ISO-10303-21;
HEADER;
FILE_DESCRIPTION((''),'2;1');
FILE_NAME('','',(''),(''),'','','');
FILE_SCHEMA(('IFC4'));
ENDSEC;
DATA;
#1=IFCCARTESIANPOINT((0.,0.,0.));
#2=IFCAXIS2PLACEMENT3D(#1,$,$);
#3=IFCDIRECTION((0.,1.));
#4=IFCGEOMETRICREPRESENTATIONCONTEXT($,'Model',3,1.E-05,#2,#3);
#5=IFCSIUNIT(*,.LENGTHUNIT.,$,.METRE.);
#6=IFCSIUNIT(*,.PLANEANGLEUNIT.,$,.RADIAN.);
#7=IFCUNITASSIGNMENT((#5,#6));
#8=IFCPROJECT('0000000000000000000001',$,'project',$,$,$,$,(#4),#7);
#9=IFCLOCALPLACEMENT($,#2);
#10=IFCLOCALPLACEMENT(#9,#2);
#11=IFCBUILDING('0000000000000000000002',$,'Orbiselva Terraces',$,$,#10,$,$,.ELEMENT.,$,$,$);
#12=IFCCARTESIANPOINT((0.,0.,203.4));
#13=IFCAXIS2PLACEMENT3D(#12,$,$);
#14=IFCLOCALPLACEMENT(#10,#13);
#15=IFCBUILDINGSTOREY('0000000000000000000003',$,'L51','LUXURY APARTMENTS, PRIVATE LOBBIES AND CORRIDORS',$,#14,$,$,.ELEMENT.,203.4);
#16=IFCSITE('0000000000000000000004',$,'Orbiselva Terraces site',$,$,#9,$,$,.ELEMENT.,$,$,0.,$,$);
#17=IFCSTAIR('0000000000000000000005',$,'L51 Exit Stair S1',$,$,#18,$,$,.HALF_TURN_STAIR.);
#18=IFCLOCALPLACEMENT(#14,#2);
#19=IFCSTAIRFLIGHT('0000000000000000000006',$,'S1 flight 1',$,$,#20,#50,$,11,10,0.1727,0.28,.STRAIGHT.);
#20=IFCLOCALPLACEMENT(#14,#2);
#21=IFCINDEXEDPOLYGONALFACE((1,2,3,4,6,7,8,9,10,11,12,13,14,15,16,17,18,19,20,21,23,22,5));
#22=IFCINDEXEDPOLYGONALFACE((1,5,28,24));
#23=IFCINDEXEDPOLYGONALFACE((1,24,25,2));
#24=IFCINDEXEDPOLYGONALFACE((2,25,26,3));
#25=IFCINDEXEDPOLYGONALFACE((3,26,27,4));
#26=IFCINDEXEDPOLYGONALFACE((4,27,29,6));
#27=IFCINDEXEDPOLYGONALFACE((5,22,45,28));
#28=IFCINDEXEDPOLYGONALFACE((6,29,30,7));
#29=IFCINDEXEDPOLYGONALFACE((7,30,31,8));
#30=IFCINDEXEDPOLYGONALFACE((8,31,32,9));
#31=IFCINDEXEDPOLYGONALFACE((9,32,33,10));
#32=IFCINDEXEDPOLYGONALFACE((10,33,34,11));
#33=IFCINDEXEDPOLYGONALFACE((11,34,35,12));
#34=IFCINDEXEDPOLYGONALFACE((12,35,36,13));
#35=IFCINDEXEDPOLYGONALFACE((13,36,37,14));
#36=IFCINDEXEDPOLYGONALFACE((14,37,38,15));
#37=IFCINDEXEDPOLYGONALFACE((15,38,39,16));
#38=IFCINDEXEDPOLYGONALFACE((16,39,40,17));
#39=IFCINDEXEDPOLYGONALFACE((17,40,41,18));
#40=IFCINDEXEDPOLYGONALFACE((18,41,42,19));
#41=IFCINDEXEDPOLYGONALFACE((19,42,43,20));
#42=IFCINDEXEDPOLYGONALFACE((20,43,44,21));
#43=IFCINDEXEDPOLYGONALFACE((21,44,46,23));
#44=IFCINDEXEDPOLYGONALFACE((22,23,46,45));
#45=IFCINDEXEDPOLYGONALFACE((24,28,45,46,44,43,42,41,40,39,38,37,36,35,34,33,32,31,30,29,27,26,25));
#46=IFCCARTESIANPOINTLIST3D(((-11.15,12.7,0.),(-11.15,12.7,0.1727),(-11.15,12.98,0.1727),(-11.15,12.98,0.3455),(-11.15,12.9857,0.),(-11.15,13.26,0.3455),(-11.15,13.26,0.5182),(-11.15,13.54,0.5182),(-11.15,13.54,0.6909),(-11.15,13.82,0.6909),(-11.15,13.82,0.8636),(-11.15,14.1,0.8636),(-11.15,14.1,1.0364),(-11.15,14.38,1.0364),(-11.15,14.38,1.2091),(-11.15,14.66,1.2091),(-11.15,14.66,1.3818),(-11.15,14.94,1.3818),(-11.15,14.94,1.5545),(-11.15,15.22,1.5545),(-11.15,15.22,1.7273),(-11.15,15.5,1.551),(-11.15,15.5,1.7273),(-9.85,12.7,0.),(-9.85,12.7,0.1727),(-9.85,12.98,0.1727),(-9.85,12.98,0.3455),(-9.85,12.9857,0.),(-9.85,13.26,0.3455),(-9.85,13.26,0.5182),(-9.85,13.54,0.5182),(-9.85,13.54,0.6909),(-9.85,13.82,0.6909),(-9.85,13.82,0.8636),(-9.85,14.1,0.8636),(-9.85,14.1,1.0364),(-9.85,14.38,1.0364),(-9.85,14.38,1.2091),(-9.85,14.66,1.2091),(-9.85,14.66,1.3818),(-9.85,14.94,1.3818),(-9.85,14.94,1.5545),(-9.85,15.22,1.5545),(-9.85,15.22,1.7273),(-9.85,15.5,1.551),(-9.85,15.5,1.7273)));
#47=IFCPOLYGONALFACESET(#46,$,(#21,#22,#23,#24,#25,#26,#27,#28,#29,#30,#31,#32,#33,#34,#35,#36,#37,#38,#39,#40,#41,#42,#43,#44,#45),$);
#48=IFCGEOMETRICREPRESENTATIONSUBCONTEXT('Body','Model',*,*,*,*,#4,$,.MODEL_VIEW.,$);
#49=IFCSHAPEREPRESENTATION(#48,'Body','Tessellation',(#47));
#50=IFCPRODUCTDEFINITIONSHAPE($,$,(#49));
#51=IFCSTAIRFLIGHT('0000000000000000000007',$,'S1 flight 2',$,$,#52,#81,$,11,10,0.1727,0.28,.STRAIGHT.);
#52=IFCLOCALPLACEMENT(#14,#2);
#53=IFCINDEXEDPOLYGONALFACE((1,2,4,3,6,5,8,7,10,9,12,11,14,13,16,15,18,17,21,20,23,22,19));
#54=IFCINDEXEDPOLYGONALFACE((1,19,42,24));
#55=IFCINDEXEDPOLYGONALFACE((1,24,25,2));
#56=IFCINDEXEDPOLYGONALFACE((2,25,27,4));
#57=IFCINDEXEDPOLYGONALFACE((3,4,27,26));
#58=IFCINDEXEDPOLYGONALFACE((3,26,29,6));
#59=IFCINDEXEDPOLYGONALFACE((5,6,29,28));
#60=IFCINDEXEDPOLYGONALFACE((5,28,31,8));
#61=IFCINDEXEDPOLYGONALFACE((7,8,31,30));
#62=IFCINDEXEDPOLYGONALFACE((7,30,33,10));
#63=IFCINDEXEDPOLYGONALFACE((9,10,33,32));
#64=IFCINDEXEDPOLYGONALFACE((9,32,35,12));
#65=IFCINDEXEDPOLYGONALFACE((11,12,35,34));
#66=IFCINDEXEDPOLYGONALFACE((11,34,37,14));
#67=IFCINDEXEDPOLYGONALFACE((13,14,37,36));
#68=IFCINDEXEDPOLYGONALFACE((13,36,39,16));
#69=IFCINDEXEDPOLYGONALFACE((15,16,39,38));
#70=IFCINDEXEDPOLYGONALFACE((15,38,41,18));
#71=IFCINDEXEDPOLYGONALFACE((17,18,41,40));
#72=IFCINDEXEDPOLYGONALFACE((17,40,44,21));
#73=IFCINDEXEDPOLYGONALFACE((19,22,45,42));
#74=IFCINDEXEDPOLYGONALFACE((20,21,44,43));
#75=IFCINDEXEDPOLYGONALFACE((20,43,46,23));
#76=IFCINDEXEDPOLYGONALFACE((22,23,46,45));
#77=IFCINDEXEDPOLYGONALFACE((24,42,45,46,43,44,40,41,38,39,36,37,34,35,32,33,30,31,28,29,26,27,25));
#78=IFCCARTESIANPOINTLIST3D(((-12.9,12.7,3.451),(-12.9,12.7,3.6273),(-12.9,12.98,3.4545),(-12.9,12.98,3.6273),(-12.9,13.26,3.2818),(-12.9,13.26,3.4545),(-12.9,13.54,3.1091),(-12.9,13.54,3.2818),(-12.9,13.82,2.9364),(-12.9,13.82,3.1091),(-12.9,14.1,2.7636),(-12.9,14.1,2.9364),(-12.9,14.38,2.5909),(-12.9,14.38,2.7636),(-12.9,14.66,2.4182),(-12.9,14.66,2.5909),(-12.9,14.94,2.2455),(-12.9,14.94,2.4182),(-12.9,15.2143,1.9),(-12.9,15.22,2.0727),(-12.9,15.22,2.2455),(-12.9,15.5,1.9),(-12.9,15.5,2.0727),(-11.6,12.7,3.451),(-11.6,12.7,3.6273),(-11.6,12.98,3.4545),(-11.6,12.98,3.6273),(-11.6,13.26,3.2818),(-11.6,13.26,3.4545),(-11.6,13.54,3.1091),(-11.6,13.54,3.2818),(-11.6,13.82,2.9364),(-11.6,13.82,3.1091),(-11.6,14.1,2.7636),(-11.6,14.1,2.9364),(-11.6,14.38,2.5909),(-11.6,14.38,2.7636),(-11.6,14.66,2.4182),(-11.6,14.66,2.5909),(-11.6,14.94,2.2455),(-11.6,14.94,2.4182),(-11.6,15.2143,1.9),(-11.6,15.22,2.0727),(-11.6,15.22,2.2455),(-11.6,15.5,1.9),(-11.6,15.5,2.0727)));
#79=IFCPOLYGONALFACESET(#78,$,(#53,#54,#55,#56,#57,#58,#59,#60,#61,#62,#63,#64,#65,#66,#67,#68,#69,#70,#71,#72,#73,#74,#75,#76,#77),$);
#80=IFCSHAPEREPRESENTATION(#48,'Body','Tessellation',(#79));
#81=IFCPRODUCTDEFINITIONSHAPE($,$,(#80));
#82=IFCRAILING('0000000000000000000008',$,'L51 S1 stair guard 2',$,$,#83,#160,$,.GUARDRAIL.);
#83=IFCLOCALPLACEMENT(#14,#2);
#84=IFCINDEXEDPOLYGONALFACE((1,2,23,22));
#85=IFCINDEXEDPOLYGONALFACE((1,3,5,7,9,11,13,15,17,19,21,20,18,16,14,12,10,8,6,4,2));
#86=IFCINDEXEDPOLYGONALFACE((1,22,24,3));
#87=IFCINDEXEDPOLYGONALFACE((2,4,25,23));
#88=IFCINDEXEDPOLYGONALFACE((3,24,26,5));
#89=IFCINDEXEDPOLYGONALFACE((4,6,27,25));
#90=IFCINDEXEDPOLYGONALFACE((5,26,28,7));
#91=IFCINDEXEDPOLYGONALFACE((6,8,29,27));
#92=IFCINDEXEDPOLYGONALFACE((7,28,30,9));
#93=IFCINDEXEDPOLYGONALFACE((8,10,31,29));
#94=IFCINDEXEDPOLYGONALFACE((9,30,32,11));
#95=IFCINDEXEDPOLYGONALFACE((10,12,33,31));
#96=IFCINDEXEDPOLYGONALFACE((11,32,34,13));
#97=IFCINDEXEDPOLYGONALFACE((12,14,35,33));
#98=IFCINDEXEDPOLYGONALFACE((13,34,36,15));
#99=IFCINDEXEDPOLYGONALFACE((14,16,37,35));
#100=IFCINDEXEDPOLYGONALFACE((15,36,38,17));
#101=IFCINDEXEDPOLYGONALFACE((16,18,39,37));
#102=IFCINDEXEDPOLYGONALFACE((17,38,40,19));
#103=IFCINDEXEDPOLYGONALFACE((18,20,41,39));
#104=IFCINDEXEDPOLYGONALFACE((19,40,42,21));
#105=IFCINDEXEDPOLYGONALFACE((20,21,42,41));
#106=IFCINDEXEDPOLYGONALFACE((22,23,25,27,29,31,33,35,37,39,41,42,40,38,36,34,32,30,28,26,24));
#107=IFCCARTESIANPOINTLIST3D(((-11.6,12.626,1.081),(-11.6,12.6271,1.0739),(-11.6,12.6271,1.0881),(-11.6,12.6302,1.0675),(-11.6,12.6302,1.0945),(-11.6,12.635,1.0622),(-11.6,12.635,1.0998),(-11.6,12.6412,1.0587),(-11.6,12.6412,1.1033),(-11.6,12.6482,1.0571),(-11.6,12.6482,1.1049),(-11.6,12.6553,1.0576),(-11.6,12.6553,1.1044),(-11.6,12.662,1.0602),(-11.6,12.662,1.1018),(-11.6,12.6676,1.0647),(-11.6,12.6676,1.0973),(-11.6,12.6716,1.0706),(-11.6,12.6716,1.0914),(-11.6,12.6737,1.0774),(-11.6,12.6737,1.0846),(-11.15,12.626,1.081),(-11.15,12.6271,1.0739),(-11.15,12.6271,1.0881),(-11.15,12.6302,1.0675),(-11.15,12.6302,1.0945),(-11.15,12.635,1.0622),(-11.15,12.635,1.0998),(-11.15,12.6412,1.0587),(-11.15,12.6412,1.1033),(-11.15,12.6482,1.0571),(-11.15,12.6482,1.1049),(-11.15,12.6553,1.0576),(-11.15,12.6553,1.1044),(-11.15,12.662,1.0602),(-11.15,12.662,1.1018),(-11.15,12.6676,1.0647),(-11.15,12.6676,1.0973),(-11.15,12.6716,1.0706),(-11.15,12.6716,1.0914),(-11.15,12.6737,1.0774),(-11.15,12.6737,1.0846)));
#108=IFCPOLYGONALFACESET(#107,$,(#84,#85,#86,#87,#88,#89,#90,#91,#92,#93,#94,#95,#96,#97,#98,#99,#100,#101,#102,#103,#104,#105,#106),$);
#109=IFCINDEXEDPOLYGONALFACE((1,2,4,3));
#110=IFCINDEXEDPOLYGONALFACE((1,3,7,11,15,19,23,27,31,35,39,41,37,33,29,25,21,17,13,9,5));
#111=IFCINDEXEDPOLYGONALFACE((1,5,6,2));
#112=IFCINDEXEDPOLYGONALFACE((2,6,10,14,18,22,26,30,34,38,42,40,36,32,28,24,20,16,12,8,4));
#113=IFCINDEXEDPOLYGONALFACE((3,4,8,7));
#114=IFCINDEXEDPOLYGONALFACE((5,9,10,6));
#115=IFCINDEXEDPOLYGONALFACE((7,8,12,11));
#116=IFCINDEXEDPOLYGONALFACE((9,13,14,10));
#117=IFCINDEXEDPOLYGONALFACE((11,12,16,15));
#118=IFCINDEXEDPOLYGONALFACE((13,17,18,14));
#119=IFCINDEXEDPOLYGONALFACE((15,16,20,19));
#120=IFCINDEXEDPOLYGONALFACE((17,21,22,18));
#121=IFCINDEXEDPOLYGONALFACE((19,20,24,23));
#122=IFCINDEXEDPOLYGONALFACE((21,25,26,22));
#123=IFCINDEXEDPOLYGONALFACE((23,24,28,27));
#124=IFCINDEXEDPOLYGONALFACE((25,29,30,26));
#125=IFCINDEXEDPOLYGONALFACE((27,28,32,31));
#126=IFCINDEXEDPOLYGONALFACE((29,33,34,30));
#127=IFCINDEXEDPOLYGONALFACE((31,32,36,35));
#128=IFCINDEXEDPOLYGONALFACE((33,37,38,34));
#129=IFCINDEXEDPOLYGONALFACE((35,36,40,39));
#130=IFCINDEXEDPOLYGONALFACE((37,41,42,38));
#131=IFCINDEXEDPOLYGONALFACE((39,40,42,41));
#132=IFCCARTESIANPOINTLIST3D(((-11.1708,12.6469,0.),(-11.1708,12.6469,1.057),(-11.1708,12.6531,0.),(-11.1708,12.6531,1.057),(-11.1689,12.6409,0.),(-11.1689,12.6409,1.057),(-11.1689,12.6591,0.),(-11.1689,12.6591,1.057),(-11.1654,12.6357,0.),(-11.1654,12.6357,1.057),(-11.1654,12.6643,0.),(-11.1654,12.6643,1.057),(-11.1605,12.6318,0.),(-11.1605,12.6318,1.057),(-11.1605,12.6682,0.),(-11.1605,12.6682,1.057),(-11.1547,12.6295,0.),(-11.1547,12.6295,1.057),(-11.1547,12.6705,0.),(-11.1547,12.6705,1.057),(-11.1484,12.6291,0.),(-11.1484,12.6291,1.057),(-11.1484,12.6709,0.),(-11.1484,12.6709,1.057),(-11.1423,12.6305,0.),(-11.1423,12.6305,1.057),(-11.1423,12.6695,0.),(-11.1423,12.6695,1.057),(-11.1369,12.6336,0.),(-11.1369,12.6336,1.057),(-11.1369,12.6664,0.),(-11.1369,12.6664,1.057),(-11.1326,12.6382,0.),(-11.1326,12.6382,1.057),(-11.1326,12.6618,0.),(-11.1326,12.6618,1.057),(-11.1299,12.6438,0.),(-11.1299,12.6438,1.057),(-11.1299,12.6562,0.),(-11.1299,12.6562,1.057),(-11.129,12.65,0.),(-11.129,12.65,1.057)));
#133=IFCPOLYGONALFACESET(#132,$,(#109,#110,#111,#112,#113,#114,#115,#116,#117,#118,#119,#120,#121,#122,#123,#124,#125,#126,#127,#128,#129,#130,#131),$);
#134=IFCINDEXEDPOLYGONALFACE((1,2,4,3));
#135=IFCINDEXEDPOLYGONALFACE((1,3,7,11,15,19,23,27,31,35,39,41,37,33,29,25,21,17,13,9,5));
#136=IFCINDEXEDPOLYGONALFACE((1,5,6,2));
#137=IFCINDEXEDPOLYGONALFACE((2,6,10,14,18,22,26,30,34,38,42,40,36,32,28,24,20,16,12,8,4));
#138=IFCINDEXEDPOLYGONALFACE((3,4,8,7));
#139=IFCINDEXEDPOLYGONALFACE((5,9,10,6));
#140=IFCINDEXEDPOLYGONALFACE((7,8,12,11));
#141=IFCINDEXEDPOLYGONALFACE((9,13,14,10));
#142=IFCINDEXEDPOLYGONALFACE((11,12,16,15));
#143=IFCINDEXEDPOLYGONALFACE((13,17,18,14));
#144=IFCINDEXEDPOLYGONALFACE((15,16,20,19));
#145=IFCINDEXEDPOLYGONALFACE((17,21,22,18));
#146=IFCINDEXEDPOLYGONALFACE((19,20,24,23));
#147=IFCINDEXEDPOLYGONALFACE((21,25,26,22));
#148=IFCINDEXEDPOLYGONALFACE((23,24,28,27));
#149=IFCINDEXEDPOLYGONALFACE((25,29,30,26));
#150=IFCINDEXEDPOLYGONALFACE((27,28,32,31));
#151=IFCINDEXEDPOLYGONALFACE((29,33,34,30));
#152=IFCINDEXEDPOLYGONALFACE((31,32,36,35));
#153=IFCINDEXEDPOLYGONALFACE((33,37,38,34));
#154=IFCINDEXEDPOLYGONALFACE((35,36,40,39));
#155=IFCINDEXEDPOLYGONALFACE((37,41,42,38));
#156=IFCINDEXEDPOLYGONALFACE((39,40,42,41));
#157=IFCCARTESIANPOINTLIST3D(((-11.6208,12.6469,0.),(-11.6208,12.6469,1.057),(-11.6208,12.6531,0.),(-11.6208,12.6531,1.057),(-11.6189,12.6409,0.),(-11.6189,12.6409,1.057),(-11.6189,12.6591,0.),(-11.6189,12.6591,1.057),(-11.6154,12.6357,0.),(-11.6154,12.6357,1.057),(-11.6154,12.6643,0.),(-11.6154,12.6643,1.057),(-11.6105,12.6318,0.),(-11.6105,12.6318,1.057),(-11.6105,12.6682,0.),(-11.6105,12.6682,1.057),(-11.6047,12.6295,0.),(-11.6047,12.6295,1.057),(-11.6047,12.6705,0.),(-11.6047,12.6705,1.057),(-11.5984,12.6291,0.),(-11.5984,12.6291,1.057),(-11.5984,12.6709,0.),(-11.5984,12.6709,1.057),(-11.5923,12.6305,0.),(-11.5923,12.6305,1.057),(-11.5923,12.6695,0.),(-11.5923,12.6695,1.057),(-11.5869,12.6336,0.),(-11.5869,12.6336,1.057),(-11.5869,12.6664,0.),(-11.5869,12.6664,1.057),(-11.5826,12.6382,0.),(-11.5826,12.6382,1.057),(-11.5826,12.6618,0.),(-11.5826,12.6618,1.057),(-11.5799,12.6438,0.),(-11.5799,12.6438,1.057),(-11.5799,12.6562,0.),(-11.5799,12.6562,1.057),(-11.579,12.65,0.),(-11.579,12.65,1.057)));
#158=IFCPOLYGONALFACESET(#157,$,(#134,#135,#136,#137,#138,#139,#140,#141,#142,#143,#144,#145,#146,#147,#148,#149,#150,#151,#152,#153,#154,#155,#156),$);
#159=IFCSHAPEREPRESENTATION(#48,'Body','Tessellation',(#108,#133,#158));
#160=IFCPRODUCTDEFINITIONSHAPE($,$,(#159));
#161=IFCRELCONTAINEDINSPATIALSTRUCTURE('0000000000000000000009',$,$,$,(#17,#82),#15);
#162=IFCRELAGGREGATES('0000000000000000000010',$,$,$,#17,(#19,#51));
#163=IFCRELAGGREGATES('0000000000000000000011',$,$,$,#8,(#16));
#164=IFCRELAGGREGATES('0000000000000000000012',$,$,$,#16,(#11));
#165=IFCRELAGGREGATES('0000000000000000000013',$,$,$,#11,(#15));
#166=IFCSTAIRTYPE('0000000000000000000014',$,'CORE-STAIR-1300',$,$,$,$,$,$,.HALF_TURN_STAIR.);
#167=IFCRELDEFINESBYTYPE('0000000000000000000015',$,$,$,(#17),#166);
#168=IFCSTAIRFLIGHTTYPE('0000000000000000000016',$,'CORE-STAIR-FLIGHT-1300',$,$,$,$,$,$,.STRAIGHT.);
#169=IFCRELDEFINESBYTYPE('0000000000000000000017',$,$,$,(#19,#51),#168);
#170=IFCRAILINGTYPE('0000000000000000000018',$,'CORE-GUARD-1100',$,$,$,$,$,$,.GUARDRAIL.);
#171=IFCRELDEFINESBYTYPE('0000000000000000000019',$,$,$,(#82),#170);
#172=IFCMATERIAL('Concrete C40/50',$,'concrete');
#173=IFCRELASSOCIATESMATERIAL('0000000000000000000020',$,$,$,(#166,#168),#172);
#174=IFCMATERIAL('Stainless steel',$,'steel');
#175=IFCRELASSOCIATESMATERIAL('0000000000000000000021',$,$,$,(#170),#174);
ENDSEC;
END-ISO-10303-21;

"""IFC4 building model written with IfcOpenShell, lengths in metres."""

from ifc_helpers import new_model, si_unit, direction, frame, origin, origin_2d, place, context, subcontext, project, spatial, polyline, circle, outline, extrude, material, type_object, element, aggregate, save


model = new_model("IFC4")

# Units and contexts
model_context = context("Model", 3, precision=1e-05, world=origin(), true_north=direction((0.0, 1.0)))
body_context = subcontext(model_context, "Body", "Model", "MODEL_VIEW")
ifc_project = project(units=[si_unit("LENGTHUNIT", "METRE"), si_unit("PLANEANGLEUNIT", "RADIAN")], contexts=[model_context])

# Site, building, storey
site_placement = place(None, origin())
site = spatial("IfcSite", under=ifc_project, at=site_placement, Name="Orbiselva Terraces site", CompositionType="ELEMENT", RefElevation=0.0)
building_placement = place(site_placement, origin())
building = spatial("IfcBuilding", under=site, at=building_placement, Name="Orbiselva Terraces", CompositionType="ELEMENT")
storey_placement = place(building_placement, frame((0.0, 0.0, 203.4)))
storey = spatial("IfcBuildingStorey", under=building, at=storey_placement, Name="L51", Description="LUXURY APARTMENTS, PRIVATE LOBBIES AND CORRIDORS", CompositionType="ELEMENT", Elevation=203.4)

# Shared definitions
ifc_material_1 = material(Name="Concrete C40/50", Category="concrete")

# Stair, stair flights
stair_type = type_object("IfcStairType", Name="CORE-STAIR-1300", PredefinedType="HALF_TURN_STAIR", material=ifc_material_1)
stair_placement = place(storey_placement, origin())
stair = element("IfcStair", 1, at=stair_placement, inside=storey, type_object=stair_type, Name="L51 Exit Stair S1", PredefinedType="HALF_TURN_STAIR")
stair_flight_type = type_object("IfcStairFlightType", Name="CORE-STAIR-FLIGHT-1300", PredefinedType="STRAIGHT", material=ifc_material_1)
stair_flight_1_placement = place(storey_placement, frame((-10.5, 12.7, 0.0), z_axis=(0.0, 0.0, 1.0), x_axis=(0.0, 1.0, 0.0)))
stair_flight_1 = element("IfcStairFlight", 2, at=stair_flight_1_placement, type_object=stair_flight_type, Name="S1 flight 1", NumberOfRisers=11, NumberOfTreads=10, PredefinedType="STRAIGHT", RiserHeight=0.1727, TreadLength=0.28, context=body_context, shape_type="SweptSolid", body=[
    extrude(outline(polyline([(0.0, 0.0), (0.0, 0.1727), (0.28, 0.1727), (0.28, 0.3455), (0.56, 0.3455), (0.56, 0.5182), (0.84, 0.5182), (0.84, 0.6909), (1.12, 0.6909), (1.12, 0.8636), (1.4, 0.8636), (1.4, 1.0364), (1.68, 1.0364), (1.68, 1.2091), (1.96, 1.2091), (1.96, 1.3818), (2.24, 1.3818), (2.24, 1.5545), (2.52, 1.5545), (2.52, 1.7273), (2.8, 1.7273), (2.8, 1.9), (2.8, 1.551), (0.2857, 0.0), (0.0, 0.0)])), frame((0.0, 0.65, 0.0), z_axis=(0.0, -1.0, 0.0), x_axis=(1.0, 0.0, 0.0)), (0.0, 0.0, 1.0), 1.3),
])
stair_flight_2_placement = place(storey_placement, frame((-12.25, 15.5, 1.9), z_axis=(0.0, 0.0, 1.0), x_axis=(0.0, -1.0, 0.0)))
stair_flight_2 = element("IfcStairFlight", 3, at=stair_flight_2_placement, type_object=stair_flight_type, Name="S1 flight 2", NumberOfRisers=11, NumberOfTreads=10, PredefinedType="STRAIGHT", RiserHeight=0.1727, TreadLength=0.28, context=body_context, shape_type="SweptSolid", body=[
    extrude(outline(polyline([(0.0, 0.0), (0.0, 0.1727), (0.28, 0.1727), (0.28, 0.3455), (0.56, 0.3455), (0.56, 0.5182), (0.84, 0.5182), (0.84, 0.6909), (1.12, 0.6909), (1.12, 0.8636), (1.4, 0.8636), (1.4, 1.0364), (1.68, 1.0364), (1.68, 1.2091), (1.96, 1.2091), (1.96, 1.3818), (2.24, 1.3818), (2.24, 1.5545), (2.52, 1.5545), (2.52, 1.7273), (2.8, 1.7273), (2.8, 1.9), (2.8, 1.551), (0.2857, 0.0), (0.0, 0.0)])), frame((0.0, 0.65, 0.0), z_axis=(0.0, -1.0, 0.0), x_axis=(1.0, 0.0, 0.0)), (0.0, 0.0, 1.0), 1.3),
])
aggregate(stair, [stair_flight_1, stair_flight_2])

# Railing
ifc_material_2 = material(Name="Stainless steel", Category="steel")
railing_type_1 = type_object("IfcRailingType", Name="CORE-GUARD-1100", PredefinedType="GUARDRAIL", material=ifc_material_2)
railing_1_placement = place(storey_placement, frame((-11.15, 12.65, 0.0)))
element("IfcRailing", 4, at=railing_1_placement, inside=storey, type_object=railing_type_1, Name="L51 S1 stair guard 2", PredefinedType="GUARDRAIL", context=body_context, shape_type="SweptSolid", body=[
    extrude(circle(Radius=0.024, at=origin_2d()), frame((0.0, 0.0, 1.081), z_axis=(-1.0, 0.0, 0.0), x_axis=(0.0, -1.0, 0.0)), (0.0, 0.0, 1.0), 0.45),
    extrude(circle(Radius=0.021, at=origin_2d()), origin(), (0.0, 0.0, 1.0), 1.057),
    extrude(circle(Radius=0.021, at=origin_2d()), frame((-0.45, 0.0, 0.0)), (0.0, 0.0, 1.0), 1.057),
])

save(model, "model.ifc")
